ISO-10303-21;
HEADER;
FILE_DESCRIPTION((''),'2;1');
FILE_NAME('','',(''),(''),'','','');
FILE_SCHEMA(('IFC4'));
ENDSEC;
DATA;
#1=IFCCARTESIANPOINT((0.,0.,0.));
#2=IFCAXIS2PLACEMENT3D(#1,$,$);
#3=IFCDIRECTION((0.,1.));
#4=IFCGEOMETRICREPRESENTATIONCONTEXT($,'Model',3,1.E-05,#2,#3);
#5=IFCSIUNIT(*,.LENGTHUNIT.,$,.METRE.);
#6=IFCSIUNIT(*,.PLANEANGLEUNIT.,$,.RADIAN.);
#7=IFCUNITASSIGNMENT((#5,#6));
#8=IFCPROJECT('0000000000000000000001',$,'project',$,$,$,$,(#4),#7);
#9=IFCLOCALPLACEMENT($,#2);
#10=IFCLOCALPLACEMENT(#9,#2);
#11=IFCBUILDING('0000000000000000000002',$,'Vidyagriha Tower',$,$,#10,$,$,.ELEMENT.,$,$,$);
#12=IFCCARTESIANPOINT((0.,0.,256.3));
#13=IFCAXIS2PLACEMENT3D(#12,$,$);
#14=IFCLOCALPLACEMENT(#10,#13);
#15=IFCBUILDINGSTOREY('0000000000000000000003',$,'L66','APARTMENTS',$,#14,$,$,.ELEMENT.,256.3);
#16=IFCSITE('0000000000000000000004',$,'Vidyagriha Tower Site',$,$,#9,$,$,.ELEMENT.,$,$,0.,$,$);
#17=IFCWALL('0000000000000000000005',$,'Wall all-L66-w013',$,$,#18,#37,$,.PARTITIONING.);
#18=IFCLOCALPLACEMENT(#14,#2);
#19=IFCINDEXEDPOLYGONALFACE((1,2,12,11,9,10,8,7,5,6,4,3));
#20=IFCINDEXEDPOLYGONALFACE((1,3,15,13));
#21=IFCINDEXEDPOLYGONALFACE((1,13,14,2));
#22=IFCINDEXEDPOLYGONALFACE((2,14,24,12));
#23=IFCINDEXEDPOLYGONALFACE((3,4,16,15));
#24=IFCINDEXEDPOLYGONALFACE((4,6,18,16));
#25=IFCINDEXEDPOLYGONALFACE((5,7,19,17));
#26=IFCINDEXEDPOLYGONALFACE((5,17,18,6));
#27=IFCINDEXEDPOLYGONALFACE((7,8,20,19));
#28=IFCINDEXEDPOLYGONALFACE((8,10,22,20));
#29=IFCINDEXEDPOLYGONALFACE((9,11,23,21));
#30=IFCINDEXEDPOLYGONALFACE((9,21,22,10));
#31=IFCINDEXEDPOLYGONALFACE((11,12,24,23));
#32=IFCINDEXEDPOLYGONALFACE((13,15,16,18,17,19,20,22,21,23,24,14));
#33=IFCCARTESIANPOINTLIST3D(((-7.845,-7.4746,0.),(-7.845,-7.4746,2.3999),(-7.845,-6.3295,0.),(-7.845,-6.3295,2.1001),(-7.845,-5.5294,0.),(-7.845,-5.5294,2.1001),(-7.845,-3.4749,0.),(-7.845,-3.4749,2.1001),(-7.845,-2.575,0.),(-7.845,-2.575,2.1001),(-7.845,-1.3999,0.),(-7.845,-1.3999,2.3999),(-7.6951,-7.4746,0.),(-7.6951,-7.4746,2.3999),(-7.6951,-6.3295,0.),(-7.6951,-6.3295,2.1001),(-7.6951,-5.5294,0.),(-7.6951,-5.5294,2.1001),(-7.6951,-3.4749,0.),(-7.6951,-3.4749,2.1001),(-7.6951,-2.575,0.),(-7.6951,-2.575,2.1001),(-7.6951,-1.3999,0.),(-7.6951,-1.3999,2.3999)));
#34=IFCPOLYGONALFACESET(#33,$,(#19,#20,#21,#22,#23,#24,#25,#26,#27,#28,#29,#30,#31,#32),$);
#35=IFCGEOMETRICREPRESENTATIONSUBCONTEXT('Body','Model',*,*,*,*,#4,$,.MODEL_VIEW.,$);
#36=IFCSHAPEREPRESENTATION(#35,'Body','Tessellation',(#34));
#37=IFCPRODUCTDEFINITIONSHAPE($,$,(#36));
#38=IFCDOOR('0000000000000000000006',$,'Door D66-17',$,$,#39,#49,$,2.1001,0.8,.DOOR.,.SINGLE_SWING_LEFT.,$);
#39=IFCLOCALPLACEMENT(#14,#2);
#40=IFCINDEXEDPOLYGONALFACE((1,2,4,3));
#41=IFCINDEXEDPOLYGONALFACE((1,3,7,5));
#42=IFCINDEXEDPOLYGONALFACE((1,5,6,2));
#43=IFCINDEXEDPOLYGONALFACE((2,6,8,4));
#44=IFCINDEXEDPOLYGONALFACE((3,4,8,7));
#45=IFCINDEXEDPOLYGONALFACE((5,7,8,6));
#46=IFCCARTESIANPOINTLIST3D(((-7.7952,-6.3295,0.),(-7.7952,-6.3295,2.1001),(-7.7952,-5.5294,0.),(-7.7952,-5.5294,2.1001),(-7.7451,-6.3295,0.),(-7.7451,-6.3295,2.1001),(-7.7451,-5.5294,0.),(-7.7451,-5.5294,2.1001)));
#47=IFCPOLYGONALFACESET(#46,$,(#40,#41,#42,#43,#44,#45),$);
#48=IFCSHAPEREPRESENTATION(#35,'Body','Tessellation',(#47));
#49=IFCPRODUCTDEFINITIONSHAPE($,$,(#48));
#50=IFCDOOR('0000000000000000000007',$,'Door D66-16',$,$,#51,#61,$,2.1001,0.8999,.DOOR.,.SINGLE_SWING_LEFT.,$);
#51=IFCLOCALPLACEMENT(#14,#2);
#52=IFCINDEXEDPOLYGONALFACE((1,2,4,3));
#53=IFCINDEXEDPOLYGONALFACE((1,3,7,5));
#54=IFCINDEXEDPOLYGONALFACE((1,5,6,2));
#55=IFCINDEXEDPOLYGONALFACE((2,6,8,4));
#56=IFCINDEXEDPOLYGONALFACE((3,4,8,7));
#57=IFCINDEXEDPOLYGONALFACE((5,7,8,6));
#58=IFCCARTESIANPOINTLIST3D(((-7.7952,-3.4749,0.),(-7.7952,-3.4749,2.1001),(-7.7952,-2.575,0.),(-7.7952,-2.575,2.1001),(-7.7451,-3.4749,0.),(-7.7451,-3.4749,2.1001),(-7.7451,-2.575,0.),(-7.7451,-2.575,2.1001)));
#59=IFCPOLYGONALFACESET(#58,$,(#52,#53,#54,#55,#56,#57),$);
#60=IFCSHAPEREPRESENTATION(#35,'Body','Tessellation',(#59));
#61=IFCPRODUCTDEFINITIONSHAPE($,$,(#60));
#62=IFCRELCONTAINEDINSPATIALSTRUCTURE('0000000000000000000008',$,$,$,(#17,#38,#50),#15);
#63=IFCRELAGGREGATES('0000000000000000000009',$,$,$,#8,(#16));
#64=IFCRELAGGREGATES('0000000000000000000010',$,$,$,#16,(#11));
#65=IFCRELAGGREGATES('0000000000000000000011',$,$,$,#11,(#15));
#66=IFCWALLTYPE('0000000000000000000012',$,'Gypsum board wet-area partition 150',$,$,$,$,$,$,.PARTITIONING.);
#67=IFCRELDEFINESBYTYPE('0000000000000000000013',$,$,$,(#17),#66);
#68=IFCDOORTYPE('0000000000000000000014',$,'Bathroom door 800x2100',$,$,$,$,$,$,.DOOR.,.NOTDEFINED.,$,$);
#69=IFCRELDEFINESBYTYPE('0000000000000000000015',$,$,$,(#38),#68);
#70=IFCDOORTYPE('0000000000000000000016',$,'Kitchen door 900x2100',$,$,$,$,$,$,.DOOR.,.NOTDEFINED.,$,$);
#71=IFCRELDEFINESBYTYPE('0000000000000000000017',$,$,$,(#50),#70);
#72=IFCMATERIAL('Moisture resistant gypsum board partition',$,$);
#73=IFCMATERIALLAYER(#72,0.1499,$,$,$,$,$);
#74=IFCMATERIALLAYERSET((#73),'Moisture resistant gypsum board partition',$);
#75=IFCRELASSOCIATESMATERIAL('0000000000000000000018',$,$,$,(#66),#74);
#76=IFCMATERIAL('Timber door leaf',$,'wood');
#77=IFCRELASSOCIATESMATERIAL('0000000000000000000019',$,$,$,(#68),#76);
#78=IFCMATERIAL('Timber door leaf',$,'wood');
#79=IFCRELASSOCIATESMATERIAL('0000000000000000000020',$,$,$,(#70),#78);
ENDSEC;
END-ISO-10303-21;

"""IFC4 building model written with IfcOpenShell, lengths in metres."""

from ifc_helpers import new_model, si_unit, direction, frame, frame_2d, origin, place, context, subcontext, project, spatial, rectangle, extrude, material, layer, layer_set, type_object, element, fill, save


model = new_model("IFC4")

# Units and contexts
model_context = context("Model", 3, precision=1e-05, world=origin(), true_north=direction((0.0, 1.0)))
body_context = subcontext(model_context, "Body", "Model", "MODEL_VIEW")
ifc_project = project(units=[si_unit("LENGTHUNIT", "METRE"), si_unit("PLANEANGLEUNIT", "RADIAN")], contexts=[model_context])

# Site, building, storey
site_placement = place(None, origin())
site = spatial("IfcSite", under=ifc_project, at=site_placement, Name="Vidyagriha Tower Site", CompositionType="ELEMENT", RefElevation=0.0)
building_placement = place(site_placement, origin())
building = spatial("IfcBuilding", under=site, at=building_placement, Name="Vidyagriha Tower", CompositionType="ELEMENT")
storey_placement = place(building_placement, frame((0.0, 0.0, 256.3)))
storey = spatial("IfcBuildingStorey", under=building, at=storey_placement, Name="L66", Description="APARTMENTS", CompositionType="ELEMENT", Elevation=256.3)

# Wall, openings, doors
ifc_material_1 = material(Name="Moisture resistant gypsum board partition")
ifc_layer_1 = layer(ifc_material_1, 0.1499)
ifc_layer_set_1 = layer_set([ifc_layer_1], Name="Moisture resistant gypsum board partition")
wall_type_1 = type_object("IfcWallType", Name="Gypsum board wet-area partition 150", PredefinedType="PARTITIONING", material=ifc_layer_set_1)
ifc_material_2 = material(Name="Timber door leaf", Category="wood")
door_type_1 = type_object("IfcDoorType", Name="Bathroom door 800x2100", OperationType="NOTDEFINED", PredefinedType="DOOR", material=ifc_material_2)
ifc_material_3 = material(Name="Timber door leaf", Category="wood")
door_type_2 = type_object("IfcDoorType", Name="Kitchen door 900x2100", OperationType="NOTDEFINED", PredefinedType="DOOR", material=ifc_material_3)
wall_1_placement = place(storey_placement, frame((-7.77, -1.3999, 0.0), z_axis=(0.0, 0.0, 1.0), x_axis=(0.0, -1.0, 0.0)))
wall_1 = element("IfcWall", 1, at=wall_1_placement, inside=storey, type_object=wall_type_1, Name="Wall all-L66-w013", PredefinedType="PARTITIONING", context=body_context, shape_type="SweptSolid", body=[
    extrude(rectangle(XDim=6.0747, YDim=0.1499, at=frame_2d((3.0374, 0.0))), origin(), (0.0, 0.0, 1.0), 2.3999),
])
opening_1_placement = place(wall_1_placement, frame((1.175, 0.0, 0.0)))
opening_1 = element("IfcOpeningElement", 2, at=opening_1_placement, cuts=wall_1, PredefinedType="OPENING", context=body_context, shape_type="SweptSolid", body=[
    extrude(rectangle(XDim=0.8999, YDim=2.1001, at=frame_2d((0.45, 1.05))), frame((0.0, 0.085, 0.0), z_axis=(0.0, -1.0, 0.0), x_axis=(1.0, 0.0, 0.0)), (0.0, 0.0, 1.0), 0.1699),
])
opening_2_placement = place(wall_1_placement, frame((4.1296, 0.0, 0.0)))
opening_2 = element("IfcOpeningElement", 3, at=opening_2_placement, cuts=wall_1, PredefinedType="OPENING", context=body_context, shape_type="SweptSolid", body=[
    extrude(rectangle(XDim=0.8, YDim=2.1001, at=frame_2d((0.3999, 1.05))), frame((0.0, 0.085, 0.0), z_axis=(0.0, -1.0, 0.0), x_axis=(1.0, 0.0, 0.0)), (0.0, 0.0, 1.0), 0.1699),
])
door_1_placement = place(opening_2_placement, origin())
door_1 = element("IfcDoor", 4, at=door_1_placement, inside=storey, type_object=door_type_1, Name="Door D66-17", OperationType="SINGLE_SWING_LEFT", OverallHeight=2.1001, OverallWidth=0.8, PredefinedType="DOOR", context=body_context, shape_type="SweptSolid", body=[
    extrude(rectangle(XDim=0.8, YDim=2.1001, at=frame_2d((0.3999, 1.05))), frame((0.0, 0.0249, 0.0), z_axis=(0.0, -1.0, 0.0), x_axis=(1.0, 0.0, 0.0)), (0.0, 0.0, 1.0), 0.05),
])
fill(opening_2, door_1)
door_2_placement = place(opening_1_placement, origin())
door_2 = element("IfcDoor", 5, at=door_2_placement, inside=storey, type_object=door_type_2, Name="Door D66-16", OperationType="SINGLE_SWING_LEFT", OverallHeight=2.1001, OverallWidth=0.8999, PredefinedType="DOOR", context=body_context, shape_type="SweptSolid", body=[
    extrude(rectangle(XDim=0.8999, YDim=2.1001, at=frame_2d((0.45, 1.05))), frame((0.0, 0.0249, 0.0), z_axis=(0.0, -1.0, 0.0), x_axis=(1.0, 0.0, 0.0)), (0.0, 0.0, 1.0), 0.05),
])
fill(opening_1, door_2)

save(model, "model.ifc")
